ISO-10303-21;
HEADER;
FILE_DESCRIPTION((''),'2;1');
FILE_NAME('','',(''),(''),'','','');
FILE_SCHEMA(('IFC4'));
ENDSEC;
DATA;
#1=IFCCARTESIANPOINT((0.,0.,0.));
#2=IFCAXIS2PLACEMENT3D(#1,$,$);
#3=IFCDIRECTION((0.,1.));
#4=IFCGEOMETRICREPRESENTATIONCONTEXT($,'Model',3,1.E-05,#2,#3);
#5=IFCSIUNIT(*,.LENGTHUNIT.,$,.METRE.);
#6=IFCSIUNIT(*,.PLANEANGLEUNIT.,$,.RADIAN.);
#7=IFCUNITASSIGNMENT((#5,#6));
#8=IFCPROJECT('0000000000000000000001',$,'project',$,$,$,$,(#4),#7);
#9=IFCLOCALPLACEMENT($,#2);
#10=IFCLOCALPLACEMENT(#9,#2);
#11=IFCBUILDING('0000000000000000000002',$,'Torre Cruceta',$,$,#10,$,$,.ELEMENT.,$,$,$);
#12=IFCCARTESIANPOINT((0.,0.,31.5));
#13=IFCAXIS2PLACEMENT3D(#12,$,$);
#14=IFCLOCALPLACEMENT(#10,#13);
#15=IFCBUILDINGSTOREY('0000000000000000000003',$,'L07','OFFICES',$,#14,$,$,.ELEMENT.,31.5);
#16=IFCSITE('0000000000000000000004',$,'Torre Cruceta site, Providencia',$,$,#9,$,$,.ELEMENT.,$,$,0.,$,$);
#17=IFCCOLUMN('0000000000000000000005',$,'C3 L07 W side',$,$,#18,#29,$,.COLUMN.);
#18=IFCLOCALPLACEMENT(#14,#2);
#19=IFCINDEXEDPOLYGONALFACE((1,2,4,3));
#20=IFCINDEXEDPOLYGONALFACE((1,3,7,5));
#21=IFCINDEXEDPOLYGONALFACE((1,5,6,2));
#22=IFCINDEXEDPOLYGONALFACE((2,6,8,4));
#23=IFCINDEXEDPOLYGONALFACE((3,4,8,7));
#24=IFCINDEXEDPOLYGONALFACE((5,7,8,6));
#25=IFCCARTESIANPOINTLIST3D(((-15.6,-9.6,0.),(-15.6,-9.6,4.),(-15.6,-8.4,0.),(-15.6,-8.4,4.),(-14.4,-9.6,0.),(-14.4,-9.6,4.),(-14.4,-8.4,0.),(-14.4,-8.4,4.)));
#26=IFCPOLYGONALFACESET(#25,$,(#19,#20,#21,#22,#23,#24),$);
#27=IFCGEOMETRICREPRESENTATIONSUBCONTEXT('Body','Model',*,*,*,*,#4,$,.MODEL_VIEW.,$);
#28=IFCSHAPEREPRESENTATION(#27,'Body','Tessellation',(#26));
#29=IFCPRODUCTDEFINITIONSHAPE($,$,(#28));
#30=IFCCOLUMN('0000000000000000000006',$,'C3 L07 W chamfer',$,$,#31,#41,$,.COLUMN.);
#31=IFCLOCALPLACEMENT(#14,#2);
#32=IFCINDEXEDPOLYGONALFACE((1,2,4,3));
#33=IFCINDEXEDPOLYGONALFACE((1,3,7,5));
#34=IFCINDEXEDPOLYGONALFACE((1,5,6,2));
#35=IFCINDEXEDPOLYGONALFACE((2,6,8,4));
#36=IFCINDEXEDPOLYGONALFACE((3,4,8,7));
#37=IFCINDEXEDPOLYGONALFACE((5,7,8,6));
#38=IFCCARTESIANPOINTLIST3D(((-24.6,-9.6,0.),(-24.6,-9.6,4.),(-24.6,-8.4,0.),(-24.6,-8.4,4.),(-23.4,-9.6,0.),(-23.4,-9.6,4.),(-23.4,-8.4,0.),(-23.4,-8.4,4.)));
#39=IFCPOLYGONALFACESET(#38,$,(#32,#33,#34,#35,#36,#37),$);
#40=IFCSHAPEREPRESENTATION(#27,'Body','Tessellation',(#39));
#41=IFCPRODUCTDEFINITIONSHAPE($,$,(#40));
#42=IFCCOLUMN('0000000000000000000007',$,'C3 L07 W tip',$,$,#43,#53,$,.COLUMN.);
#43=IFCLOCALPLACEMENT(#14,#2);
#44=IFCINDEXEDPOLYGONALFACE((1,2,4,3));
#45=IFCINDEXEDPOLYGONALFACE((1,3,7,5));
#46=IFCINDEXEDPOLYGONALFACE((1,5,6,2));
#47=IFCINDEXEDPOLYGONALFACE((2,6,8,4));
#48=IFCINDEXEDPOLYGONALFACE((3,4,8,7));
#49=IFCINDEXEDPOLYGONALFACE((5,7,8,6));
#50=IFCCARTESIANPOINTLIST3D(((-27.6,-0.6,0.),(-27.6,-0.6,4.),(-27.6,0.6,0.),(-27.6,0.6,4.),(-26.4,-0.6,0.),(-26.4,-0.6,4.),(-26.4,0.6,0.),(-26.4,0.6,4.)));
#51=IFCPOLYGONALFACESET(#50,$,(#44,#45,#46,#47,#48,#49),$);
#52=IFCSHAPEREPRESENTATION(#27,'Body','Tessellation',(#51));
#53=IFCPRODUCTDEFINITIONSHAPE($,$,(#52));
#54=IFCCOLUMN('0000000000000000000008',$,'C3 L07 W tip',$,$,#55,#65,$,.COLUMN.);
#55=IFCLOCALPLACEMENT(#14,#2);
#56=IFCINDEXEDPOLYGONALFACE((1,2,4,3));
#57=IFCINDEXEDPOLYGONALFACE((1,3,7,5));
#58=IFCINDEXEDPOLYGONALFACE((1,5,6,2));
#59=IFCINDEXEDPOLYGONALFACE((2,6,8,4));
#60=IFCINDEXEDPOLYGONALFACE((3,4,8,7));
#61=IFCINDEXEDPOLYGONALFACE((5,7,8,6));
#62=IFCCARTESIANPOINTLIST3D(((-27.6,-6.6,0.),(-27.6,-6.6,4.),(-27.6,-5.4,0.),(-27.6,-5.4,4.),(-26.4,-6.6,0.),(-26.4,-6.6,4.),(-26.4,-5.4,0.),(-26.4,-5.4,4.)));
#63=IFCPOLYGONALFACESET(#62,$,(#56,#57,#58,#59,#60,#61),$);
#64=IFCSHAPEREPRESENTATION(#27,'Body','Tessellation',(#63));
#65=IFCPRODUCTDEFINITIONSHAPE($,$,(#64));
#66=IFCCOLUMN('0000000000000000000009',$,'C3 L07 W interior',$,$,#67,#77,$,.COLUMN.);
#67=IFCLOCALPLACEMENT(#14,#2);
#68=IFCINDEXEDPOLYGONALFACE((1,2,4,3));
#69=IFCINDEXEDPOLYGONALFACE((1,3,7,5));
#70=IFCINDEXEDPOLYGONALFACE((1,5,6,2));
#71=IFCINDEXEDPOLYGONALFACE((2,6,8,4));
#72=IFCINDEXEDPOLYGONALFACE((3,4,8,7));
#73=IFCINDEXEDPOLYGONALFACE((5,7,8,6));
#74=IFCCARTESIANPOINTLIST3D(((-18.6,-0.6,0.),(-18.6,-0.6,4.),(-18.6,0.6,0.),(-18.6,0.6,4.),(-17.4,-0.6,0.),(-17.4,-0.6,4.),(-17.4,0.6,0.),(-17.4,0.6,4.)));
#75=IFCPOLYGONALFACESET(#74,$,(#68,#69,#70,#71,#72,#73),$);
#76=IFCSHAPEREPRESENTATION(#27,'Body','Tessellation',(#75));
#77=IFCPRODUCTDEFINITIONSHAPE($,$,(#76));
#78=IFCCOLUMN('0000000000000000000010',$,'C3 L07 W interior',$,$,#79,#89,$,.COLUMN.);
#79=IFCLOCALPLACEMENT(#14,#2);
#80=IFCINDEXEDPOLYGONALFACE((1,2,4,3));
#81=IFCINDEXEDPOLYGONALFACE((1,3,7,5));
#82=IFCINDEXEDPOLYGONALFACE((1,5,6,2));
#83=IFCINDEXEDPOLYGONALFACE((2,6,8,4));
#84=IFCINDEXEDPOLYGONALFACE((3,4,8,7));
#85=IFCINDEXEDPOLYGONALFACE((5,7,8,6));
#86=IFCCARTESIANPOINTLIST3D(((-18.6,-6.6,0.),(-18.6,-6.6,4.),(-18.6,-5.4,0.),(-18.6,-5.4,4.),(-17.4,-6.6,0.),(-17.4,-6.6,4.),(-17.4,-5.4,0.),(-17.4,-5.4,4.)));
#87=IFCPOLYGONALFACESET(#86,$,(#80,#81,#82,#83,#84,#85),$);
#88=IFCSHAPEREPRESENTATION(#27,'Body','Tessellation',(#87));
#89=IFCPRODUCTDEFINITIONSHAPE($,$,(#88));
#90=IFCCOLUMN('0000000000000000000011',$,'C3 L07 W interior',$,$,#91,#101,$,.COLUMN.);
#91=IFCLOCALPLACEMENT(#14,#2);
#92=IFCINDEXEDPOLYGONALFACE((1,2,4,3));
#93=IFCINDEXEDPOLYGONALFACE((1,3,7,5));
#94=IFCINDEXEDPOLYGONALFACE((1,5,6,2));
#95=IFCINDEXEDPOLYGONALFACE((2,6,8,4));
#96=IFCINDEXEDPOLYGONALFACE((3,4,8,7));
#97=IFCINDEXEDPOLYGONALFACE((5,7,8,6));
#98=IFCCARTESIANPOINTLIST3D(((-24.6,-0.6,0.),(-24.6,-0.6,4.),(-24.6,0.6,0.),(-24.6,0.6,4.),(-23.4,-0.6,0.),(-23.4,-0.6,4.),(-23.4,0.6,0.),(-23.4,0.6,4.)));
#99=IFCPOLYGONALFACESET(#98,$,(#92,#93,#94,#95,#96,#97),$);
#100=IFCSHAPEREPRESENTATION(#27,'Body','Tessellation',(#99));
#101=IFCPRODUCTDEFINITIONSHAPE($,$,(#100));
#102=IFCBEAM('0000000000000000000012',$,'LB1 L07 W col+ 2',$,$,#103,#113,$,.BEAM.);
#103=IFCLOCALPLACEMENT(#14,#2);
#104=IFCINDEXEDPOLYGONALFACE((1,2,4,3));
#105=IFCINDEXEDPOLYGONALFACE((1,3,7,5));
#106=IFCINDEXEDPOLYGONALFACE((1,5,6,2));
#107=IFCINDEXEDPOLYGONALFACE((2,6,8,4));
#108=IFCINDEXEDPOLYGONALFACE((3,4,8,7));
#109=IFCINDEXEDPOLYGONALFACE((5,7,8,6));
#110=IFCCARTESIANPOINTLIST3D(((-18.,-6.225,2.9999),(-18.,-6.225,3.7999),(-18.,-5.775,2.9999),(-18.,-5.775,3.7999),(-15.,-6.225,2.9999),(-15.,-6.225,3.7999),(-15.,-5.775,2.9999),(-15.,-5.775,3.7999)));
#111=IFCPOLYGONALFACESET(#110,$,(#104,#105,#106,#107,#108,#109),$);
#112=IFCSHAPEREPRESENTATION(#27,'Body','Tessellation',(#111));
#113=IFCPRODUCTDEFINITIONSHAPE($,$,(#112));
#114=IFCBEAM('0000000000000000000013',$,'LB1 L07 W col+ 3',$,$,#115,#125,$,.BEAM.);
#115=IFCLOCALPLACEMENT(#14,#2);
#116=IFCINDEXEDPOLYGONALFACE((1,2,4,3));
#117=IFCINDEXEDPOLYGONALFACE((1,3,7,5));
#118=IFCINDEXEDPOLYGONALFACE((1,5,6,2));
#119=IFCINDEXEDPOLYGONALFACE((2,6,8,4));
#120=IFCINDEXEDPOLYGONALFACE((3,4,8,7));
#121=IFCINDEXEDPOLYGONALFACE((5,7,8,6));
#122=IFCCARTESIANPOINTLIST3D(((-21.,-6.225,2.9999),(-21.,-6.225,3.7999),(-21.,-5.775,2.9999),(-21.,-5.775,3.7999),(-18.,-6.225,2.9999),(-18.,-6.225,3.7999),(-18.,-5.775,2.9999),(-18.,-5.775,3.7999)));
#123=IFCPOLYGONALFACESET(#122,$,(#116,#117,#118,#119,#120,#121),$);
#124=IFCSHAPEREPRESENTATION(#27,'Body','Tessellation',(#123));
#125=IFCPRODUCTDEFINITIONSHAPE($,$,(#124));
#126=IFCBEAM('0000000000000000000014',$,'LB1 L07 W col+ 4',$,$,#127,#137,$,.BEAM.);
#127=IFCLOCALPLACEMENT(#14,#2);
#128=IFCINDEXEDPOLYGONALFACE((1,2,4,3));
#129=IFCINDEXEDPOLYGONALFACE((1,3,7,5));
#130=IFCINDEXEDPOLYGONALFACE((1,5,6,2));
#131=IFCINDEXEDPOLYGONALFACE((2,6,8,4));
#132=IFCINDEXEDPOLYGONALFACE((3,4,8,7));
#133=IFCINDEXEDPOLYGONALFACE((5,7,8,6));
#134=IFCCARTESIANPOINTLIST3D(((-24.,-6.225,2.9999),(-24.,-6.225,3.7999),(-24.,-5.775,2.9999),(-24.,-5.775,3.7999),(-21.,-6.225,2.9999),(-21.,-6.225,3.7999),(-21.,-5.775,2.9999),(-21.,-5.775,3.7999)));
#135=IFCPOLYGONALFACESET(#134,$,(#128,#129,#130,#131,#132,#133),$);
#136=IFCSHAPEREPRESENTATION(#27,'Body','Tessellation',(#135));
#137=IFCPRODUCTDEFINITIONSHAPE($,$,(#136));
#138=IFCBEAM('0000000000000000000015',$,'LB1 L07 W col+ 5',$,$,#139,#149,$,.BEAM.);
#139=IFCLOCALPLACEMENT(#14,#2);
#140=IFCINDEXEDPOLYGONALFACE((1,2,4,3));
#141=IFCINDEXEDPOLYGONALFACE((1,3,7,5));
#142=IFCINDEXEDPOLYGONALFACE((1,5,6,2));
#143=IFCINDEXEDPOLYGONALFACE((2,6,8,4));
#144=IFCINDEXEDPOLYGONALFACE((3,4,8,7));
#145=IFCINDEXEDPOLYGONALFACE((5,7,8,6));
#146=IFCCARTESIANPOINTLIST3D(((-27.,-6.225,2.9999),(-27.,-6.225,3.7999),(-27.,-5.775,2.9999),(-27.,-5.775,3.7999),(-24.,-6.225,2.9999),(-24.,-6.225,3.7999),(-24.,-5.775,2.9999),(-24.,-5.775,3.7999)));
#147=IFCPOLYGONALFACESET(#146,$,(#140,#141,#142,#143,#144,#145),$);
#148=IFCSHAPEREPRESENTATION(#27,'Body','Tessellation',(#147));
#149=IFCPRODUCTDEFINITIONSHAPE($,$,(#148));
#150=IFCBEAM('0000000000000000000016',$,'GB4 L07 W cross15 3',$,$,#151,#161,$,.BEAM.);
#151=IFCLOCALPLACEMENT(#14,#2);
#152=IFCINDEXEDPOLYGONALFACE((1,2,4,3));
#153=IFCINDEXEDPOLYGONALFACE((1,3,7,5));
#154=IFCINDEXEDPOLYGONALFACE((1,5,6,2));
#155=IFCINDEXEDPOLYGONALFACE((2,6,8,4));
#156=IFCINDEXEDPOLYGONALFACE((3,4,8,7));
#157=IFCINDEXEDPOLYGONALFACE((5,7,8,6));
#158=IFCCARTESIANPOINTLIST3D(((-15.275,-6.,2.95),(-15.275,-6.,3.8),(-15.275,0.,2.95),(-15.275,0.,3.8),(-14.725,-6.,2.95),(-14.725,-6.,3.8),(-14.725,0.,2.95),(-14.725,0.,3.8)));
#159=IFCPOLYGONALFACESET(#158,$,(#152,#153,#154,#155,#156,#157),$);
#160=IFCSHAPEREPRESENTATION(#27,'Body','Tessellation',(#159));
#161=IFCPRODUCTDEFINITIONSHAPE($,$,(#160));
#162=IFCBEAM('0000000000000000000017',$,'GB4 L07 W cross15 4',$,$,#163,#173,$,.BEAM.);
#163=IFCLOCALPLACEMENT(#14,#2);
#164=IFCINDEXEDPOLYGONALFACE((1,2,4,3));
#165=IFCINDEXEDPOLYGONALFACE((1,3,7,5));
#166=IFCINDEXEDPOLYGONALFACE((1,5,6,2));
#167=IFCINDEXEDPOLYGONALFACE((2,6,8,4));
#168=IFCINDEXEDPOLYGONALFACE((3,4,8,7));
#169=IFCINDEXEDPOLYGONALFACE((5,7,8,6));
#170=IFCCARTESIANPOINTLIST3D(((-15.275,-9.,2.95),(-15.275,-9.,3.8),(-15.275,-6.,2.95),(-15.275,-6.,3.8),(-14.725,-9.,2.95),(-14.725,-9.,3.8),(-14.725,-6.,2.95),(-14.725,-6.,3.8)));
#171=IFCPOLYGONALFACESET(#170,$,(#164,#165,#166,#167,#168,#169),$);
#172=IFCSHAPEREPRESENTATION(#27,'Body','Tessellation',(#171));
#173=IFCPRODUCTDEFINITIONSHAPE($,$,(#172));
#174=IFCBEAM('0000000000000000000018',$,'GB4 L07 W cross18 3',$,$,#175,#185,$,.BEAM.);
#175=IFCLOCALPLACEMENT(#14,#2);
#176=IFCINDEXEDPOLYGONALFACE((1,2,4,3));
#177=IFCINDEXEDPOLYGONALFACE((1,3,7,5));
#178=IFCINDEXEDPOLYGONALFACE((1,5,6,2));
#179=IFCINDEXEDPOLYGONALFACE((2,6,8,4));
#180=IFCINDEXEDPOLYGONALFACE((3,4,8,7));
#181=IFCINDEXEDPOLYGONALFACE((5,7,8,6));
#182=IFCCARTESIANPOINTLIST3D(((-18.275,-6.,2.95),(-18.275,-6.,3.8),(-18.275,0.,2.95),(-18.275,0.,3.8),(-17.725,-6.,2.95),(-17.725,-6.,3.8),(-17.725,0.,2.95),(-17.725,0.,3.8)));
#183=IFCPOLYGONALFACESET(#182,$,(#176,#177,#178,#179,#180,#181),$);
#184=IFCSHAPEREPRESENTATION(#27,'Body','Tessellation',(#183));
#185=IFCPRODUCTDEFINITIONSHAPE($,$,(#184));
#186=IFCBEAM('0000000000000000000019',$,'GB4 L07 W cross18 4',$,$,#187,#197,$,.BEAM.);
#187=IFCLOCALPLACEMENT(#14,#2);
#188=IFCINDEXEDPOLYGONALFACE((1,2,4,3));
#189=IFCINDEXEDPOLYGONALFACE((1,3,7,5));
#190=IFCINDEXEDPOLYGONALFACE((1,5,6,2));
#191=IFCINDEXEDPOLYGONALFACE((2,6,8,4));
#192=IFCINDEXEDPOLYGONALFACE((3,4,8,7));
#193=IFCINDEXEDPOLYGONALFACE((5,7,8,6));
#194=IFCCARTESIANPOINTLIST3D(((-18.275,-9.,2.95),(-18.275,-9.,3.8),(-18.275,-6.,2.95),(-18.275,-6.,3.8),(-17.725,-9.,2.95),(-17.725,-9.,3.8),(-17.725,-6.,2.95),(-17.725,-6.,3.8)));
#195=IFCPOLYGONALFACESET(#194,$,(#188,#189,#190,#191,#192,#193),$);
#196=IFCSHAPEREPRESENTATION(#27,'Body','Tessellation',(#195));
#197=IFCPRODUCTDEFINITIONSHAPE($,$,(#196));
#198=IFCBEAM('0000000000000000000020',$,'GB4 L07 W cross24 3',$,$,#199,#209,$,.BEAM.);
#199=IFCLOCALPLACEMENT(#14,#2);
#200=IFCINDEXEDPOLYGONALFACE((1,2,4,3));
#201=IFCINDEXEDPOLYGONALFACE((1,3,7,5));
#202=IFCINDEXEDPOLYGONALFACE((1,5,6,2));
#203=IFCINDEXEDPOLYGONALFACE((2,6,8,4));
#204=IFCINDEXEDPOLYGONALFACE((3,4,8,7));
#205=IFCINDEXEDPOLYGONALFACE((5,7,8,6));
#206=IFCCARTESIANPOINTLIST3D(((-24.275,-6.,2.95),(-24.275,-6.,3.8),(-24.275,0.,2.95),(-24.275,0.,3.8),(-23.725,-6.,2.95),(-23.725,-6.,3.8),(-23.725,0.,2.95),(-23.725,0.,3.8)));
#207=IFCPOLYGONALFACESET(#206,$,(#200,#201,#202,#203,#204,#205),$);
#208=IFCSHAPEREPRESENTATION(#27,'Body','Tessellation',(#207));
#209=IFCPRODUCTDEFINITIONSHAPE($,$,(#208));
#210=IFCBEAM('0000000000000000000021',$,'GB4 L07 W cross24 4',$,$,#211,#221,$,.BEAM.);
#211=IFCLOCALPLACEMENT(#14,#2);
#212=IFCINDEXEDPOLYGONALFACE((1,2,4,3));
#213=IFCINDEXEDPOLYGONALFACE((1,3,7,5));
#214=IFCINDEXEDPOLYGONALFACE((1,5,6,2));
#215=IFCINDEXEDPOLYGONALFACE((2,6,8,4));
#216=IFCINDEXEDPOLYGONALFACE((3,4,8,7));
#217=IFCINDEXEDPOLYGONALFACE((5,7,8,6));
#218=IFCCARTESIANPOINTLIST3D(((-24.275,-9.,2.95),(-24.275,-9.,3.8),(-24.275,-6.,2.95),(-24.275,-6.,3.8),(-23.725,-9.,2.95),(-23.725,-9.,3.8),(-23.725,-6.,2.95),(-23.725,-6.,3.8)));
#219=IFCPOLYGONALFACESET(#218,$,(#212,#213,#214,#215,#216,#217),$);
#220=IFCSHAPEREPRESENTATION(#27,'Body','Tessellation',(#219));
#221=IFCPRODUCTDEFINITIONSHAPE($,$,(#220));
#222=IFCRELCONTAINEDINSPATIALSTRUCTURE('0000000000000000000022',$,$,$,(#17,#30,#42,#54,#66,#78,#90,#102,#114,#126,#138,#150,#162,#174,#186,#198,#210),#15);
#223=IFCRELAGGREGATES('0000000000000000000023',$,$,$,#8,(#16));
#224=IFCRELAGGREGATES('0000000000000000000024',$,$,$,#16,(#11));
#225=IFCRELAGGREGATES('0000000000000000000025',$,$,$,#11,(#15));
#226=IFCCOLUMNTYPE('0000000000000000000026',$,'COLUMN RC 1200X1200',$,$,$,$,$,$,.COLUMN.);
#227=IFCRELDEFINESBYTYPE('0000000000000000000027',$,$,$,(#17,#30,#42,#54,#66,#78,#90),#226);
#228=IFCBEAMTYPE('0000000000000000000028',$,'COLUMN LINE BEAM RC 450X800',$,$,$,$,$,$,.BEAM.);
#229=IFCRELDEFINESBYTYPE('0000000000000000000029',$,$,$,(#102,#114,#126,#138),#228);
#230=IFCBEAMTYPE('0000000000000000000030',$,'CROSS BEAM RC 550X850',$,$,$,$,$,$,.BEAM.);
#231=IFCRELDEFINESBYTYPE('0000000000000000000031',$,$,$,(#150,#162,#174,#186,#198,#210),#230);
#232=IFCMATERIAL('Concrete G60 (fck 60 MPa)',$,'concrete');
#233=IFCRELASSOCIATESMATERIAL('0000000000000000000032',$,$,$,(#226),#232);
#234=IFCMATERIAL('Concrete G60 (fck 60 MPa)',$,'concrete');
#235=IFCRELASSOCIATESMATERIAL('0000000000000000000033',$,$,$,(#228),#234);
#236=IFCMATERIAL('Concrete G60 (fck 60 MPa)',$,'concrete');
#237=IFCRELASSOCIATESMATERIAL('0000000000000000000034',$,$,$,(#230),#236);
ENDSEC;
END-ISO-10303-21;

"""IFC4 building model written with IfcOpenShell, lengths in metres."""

from ifc_helpers import new_model, si_unit, direction, frame, origin, origin_2d, place, context, subcontext, project, spatial, rectangle, extrude, material, material_profile, profile_set, type_object, element, save


model = new_model("IFC4")

# Units and contexts
model_context = context("Model", 3, precision=1e-05, world=origin(), true_north=direction((0.0, 1.0)))
body_context = subcontext(model_context, "Body", "Model", "MODEL_VIEW")
ifc_project = project(units=[si_unit("LENGTHUNIT", "METRE"), si_unit("PLANEANGLEUNIT", "RADIAN")], contexts=[model_context])

# Site, building, storey
site_placement = place(None, origin())
site = spatial("IfcSite", under=ifc_project, at=site_placement, Name="Torre Cruceta site, Providencia", CompositionType="ELEMENT", RefElevation=0.0)
building_placement = place(site_placement, origin())
building = spatial("IfcBuilding", under=site, at=building_placement, Name="Torre Cruceta", CompositionType="ELEMENT")
storey_placement = place(building_placement, frame((0.0, 0.0, 31.5)))
storey = spatial("IfcBuildingStorey", under=building, at=storey_placement, Name="L07", Description="OFFICES", CompositionType="ELEMENT", Elevation=31.5)

# Columns
ifc_material_1 = material(Name="Concrete G60 (fck 60 MPa)", Category="concrete")
ifc_material_profile_1 = material_profile(ifc_material_1, rectangle(XDim=1.2, YDim=1.2, at=origin_2d()), Name="RC 1200X1200")
ifc_profile_set_1 = profile_set([ifc_material_profile_1], Name="Concrete G60 (fck 60 MPa)")
column_type = type_object("IfcColumnType", Name="COLUMN RC 1200X1200", PredefinedType="COLUMN", material=ifc_profile_set_1)
for number, where, z_axis, x_axis, name in (
    (1, (-15.0, -9.0, 0.0), (0.0, 0.0, 1.0), (1.0, 0.0, 0.0), "C3 L07 W side"),
    (2, (-24.0, -9.0, 0.0), (0.0, 0.0, 1.0), (1.0, 0.0, 0.0), "C3 L07 W chamfer"),
    (3, (-27.0, 0.0, 0.0), (0.0, 0.0, 1.0), (1.0, 0.0, 0.0), "C3 L07 W tip"),
    (4, (-27.0, -6.0, 0.0), (0.0, 0.0, 1.0), (1.0, 0.0, 0.0), "C3 L07 W tip"),
    (5, (-18.0, 0.0, 0.0), (0.0, 0.0, 1.0), (1.0, 0.0, 0.0), "C3 L07 W interior"),
    (6, (-18.0, -6.0, 0.0), (0.0, 0.0, 1.0), (1.0, 0.0, 0.0), "C3 L07 W interior"),
    (7, (-24.0, 0.0, 0.0), (0.0, 0.0, 1.0), (1.0, 0.0, 0.0), "C3 L07 W interior"),
):
    element("IfcColumn", number, at=place(storey_placement, frame(where, z_axis=z_axis, x_axis=x_axis)), inside=storey, type_object=column_type, Name=name, PredefinedType="COLUMN", context=body_context, shape_type="SweptSolid", body=[
        extrude(rectangle(XDim=1.2, YDim=1.2, at=origin_2d()), origin(), (0.0, 0.0, 1.0), 4.0),
    ])

# Beams
ifc_material_2 = material(Name="Concrete G60 (fck 60 MPa)", Category="concrete")
ifc_material_profile_2 = material_profile(ifc_material_2, rectangle(XDim=0.45, YDim=0.8, at=origin_2d()), Name="RC 450X800")
ifc_profile_set_2 = profile_set([ifc_material_profile_2], Name="Concrete G60 (fck 60 MPa)")
beam_type_1 = type_object("IfcBeamType", Name="COLUMN LINE BEAM RC 450X800", PredefinedType="BEAM", material=ifc_profile_set_2)
for number, where, z_axis, x_axis, name in (
    (8, (-15.0, -6.0, 3.3999), (-1.0, 0.0, 0.0), (0.0, -1.0, 0.0), "LB1 L07 W col+ 2"),
    (9, (-18.0, -6.0, 3.3999), (-1.0, 0.0, 0.0), (0.0, -1.0, 0.0), "LB1 L07 W col+ 3"),
    (10, (-21.0, -6.0, 3.3999), (-1.0, 0.0, 0.0), (0.0, -1.0, 0.0), "LB1 L07 W col+ 4"),
    (11, (-24.0, -6.0, 3.3999), (-1.0, 0.0, 0.0), (0.0, -1.0, 0.0), "LB1 L07 W col+ 5"),
):
    element("IfcBeam", number, at=place(storey_placement, frame(where, z_axis=z_axis, x_axis=x_axis)), inside=storey, type_object=beam_type_1, Name=name, PredefinedType="BEAM", context=body_context, shape_type="SweptSolid", body=[
        extrude(rectangle(XDim=0.45, YDim=0.8, at=origin_2d()), origin(), (0.0, 0.0, 1.0), 3.0),
    ])
ifc_material_3 = material(Name="Concrete G60 (fck 60 MPa)", Category="concrete")
ifc_material_profile_3 = material_profile(ifc_material_3, rectangle(XDim=0.55, YDim=0.8501, at=origin_2d()), Name="RC 550X850")
ifc_profile_set_3 = profile_set([ifc_material_profile_3], Name="Concrete G60 (fck 60 MPa)")
beam_type_2 = type_object("IfcBeamType", Name="CROSS BEAM RC 550X850", PredefinedType="BEAM", material=ifc_profile_set_3)
beam_1_placement = place(storey_placement, frame((-15.0, 0.0, 3.375), z_axis=(0.0, -1.0, 0.0), x_axis=(1.0, 0.0, 0.0)))
element("IfcBeam", 12, at=beam_1_placement, inside=storey, type_object=beam_type_2, Name="GB4 L07 W cross15 3", PredefinedType="BEAM", context=body_context, shape_type="SweptSolid", body=[
    extrude(rectangle(XDim=0.55, YDim=0.8501, at=origin_2d()), origin(), (0.0, 0.0, 1.0), 6.0),
])
beam_2_placement = place(storey_placement, frame((-15.0, -6.0, 3.375), z_axis=(0.0, -1.0, 0.0), x_axis=(1.0, 0.0, 0.0)))
element("IfcBeam", 13, at=beam_2_placement, inside=storey, type_object=beam_type_2, Name="GB4 L07 W cross15 4", PredefinedType="BEAM", context=body_context, shape_type="SweptSolid", body=[
    extrude(rectangle(XDim=0.55, YDim=0.8501, at=origin_2d()), origin(), (0.0, 0.0, 1.0), 3.0),
])
beam_3_placement = place(storey_placement, frame((-18.0, 0.0, 3.375), z_axis=(0.0, -1.0, 0.0), x_axis=(1.0, 0.0, 0.0)))
element("IfcBeam", 14, at=beam_3_placement, inside=storey, type_object=beam_type_2, Name="GB4 L07 W cross18 3", PredefinedType="BEAM", context=body_context, shape_type="SweptSolid", body=[
    extrude(rectangle(XDim=0.55, YDim=0.8501, at=origin_2d()), origin(), (0.0, 0.0, 1.0), 6.0),
])
beam_4_placement = place(storey_placement, frame((-18.0, -6.0, 3.375), z_axis=(0.0, -1.0, 0.0), x_axis=(1.0, 0.0, 0.0)))
element("IfcBeam", 15, at=beam_4_placement, inside=storey, type_object=beam_type_2, Name="GB4 L07 W cross18 4", PredefinedType="BEAM", context=body_context, shape_type="SweptSolid", body=[
    extrude(rectangle(XDim=0.55, YDim=0.8501, at=origin_2d()), origin(), (0.0, 0.0, 1.0), 3.0),
])
beam_5_placement = place(storey_placement, frame((-24.0, 0.0, 3.375), z_axis=(0.0, -1.0, 0.0), x_axis=(1.0, 0.0, 0.0)))
element("IfcBeam", 16, at=beam_5_placement, inside=storey, type_object=beam_type_2, Name="GB4 L07 W cross24 3", PredefinedType="BEAM", context=body_context, shape_type="SweptSolid", body=[
    extrude(rectangle(XDim=0.55, YDim=0.8501, at=origin_2d()), origin(), (0.0, 0.0, 1.0), 6.0),
])
beam_6_placement = place(storey_placement, frame((-24.0, -6.0, 3.375), z_axis=(0.0, -1.0, 0.0), x_axis=(1.0, 0.0, 0.0)))
element("IfcBeam", 17, at=beam_6_placement, inside=storey, type_object=beam_type_2, Name="GB4 L07 W cross24 4", PredefinedType="BEAM", context=body_context, shape_type="SweptSolid", body=[
    extrude(rectangle(XDim=0.55, YDim=0.8501, at=origin_2d()), origin(), (0.0, 0.0, 1.0), 3.0),
])

save(model, "model.ifc")
